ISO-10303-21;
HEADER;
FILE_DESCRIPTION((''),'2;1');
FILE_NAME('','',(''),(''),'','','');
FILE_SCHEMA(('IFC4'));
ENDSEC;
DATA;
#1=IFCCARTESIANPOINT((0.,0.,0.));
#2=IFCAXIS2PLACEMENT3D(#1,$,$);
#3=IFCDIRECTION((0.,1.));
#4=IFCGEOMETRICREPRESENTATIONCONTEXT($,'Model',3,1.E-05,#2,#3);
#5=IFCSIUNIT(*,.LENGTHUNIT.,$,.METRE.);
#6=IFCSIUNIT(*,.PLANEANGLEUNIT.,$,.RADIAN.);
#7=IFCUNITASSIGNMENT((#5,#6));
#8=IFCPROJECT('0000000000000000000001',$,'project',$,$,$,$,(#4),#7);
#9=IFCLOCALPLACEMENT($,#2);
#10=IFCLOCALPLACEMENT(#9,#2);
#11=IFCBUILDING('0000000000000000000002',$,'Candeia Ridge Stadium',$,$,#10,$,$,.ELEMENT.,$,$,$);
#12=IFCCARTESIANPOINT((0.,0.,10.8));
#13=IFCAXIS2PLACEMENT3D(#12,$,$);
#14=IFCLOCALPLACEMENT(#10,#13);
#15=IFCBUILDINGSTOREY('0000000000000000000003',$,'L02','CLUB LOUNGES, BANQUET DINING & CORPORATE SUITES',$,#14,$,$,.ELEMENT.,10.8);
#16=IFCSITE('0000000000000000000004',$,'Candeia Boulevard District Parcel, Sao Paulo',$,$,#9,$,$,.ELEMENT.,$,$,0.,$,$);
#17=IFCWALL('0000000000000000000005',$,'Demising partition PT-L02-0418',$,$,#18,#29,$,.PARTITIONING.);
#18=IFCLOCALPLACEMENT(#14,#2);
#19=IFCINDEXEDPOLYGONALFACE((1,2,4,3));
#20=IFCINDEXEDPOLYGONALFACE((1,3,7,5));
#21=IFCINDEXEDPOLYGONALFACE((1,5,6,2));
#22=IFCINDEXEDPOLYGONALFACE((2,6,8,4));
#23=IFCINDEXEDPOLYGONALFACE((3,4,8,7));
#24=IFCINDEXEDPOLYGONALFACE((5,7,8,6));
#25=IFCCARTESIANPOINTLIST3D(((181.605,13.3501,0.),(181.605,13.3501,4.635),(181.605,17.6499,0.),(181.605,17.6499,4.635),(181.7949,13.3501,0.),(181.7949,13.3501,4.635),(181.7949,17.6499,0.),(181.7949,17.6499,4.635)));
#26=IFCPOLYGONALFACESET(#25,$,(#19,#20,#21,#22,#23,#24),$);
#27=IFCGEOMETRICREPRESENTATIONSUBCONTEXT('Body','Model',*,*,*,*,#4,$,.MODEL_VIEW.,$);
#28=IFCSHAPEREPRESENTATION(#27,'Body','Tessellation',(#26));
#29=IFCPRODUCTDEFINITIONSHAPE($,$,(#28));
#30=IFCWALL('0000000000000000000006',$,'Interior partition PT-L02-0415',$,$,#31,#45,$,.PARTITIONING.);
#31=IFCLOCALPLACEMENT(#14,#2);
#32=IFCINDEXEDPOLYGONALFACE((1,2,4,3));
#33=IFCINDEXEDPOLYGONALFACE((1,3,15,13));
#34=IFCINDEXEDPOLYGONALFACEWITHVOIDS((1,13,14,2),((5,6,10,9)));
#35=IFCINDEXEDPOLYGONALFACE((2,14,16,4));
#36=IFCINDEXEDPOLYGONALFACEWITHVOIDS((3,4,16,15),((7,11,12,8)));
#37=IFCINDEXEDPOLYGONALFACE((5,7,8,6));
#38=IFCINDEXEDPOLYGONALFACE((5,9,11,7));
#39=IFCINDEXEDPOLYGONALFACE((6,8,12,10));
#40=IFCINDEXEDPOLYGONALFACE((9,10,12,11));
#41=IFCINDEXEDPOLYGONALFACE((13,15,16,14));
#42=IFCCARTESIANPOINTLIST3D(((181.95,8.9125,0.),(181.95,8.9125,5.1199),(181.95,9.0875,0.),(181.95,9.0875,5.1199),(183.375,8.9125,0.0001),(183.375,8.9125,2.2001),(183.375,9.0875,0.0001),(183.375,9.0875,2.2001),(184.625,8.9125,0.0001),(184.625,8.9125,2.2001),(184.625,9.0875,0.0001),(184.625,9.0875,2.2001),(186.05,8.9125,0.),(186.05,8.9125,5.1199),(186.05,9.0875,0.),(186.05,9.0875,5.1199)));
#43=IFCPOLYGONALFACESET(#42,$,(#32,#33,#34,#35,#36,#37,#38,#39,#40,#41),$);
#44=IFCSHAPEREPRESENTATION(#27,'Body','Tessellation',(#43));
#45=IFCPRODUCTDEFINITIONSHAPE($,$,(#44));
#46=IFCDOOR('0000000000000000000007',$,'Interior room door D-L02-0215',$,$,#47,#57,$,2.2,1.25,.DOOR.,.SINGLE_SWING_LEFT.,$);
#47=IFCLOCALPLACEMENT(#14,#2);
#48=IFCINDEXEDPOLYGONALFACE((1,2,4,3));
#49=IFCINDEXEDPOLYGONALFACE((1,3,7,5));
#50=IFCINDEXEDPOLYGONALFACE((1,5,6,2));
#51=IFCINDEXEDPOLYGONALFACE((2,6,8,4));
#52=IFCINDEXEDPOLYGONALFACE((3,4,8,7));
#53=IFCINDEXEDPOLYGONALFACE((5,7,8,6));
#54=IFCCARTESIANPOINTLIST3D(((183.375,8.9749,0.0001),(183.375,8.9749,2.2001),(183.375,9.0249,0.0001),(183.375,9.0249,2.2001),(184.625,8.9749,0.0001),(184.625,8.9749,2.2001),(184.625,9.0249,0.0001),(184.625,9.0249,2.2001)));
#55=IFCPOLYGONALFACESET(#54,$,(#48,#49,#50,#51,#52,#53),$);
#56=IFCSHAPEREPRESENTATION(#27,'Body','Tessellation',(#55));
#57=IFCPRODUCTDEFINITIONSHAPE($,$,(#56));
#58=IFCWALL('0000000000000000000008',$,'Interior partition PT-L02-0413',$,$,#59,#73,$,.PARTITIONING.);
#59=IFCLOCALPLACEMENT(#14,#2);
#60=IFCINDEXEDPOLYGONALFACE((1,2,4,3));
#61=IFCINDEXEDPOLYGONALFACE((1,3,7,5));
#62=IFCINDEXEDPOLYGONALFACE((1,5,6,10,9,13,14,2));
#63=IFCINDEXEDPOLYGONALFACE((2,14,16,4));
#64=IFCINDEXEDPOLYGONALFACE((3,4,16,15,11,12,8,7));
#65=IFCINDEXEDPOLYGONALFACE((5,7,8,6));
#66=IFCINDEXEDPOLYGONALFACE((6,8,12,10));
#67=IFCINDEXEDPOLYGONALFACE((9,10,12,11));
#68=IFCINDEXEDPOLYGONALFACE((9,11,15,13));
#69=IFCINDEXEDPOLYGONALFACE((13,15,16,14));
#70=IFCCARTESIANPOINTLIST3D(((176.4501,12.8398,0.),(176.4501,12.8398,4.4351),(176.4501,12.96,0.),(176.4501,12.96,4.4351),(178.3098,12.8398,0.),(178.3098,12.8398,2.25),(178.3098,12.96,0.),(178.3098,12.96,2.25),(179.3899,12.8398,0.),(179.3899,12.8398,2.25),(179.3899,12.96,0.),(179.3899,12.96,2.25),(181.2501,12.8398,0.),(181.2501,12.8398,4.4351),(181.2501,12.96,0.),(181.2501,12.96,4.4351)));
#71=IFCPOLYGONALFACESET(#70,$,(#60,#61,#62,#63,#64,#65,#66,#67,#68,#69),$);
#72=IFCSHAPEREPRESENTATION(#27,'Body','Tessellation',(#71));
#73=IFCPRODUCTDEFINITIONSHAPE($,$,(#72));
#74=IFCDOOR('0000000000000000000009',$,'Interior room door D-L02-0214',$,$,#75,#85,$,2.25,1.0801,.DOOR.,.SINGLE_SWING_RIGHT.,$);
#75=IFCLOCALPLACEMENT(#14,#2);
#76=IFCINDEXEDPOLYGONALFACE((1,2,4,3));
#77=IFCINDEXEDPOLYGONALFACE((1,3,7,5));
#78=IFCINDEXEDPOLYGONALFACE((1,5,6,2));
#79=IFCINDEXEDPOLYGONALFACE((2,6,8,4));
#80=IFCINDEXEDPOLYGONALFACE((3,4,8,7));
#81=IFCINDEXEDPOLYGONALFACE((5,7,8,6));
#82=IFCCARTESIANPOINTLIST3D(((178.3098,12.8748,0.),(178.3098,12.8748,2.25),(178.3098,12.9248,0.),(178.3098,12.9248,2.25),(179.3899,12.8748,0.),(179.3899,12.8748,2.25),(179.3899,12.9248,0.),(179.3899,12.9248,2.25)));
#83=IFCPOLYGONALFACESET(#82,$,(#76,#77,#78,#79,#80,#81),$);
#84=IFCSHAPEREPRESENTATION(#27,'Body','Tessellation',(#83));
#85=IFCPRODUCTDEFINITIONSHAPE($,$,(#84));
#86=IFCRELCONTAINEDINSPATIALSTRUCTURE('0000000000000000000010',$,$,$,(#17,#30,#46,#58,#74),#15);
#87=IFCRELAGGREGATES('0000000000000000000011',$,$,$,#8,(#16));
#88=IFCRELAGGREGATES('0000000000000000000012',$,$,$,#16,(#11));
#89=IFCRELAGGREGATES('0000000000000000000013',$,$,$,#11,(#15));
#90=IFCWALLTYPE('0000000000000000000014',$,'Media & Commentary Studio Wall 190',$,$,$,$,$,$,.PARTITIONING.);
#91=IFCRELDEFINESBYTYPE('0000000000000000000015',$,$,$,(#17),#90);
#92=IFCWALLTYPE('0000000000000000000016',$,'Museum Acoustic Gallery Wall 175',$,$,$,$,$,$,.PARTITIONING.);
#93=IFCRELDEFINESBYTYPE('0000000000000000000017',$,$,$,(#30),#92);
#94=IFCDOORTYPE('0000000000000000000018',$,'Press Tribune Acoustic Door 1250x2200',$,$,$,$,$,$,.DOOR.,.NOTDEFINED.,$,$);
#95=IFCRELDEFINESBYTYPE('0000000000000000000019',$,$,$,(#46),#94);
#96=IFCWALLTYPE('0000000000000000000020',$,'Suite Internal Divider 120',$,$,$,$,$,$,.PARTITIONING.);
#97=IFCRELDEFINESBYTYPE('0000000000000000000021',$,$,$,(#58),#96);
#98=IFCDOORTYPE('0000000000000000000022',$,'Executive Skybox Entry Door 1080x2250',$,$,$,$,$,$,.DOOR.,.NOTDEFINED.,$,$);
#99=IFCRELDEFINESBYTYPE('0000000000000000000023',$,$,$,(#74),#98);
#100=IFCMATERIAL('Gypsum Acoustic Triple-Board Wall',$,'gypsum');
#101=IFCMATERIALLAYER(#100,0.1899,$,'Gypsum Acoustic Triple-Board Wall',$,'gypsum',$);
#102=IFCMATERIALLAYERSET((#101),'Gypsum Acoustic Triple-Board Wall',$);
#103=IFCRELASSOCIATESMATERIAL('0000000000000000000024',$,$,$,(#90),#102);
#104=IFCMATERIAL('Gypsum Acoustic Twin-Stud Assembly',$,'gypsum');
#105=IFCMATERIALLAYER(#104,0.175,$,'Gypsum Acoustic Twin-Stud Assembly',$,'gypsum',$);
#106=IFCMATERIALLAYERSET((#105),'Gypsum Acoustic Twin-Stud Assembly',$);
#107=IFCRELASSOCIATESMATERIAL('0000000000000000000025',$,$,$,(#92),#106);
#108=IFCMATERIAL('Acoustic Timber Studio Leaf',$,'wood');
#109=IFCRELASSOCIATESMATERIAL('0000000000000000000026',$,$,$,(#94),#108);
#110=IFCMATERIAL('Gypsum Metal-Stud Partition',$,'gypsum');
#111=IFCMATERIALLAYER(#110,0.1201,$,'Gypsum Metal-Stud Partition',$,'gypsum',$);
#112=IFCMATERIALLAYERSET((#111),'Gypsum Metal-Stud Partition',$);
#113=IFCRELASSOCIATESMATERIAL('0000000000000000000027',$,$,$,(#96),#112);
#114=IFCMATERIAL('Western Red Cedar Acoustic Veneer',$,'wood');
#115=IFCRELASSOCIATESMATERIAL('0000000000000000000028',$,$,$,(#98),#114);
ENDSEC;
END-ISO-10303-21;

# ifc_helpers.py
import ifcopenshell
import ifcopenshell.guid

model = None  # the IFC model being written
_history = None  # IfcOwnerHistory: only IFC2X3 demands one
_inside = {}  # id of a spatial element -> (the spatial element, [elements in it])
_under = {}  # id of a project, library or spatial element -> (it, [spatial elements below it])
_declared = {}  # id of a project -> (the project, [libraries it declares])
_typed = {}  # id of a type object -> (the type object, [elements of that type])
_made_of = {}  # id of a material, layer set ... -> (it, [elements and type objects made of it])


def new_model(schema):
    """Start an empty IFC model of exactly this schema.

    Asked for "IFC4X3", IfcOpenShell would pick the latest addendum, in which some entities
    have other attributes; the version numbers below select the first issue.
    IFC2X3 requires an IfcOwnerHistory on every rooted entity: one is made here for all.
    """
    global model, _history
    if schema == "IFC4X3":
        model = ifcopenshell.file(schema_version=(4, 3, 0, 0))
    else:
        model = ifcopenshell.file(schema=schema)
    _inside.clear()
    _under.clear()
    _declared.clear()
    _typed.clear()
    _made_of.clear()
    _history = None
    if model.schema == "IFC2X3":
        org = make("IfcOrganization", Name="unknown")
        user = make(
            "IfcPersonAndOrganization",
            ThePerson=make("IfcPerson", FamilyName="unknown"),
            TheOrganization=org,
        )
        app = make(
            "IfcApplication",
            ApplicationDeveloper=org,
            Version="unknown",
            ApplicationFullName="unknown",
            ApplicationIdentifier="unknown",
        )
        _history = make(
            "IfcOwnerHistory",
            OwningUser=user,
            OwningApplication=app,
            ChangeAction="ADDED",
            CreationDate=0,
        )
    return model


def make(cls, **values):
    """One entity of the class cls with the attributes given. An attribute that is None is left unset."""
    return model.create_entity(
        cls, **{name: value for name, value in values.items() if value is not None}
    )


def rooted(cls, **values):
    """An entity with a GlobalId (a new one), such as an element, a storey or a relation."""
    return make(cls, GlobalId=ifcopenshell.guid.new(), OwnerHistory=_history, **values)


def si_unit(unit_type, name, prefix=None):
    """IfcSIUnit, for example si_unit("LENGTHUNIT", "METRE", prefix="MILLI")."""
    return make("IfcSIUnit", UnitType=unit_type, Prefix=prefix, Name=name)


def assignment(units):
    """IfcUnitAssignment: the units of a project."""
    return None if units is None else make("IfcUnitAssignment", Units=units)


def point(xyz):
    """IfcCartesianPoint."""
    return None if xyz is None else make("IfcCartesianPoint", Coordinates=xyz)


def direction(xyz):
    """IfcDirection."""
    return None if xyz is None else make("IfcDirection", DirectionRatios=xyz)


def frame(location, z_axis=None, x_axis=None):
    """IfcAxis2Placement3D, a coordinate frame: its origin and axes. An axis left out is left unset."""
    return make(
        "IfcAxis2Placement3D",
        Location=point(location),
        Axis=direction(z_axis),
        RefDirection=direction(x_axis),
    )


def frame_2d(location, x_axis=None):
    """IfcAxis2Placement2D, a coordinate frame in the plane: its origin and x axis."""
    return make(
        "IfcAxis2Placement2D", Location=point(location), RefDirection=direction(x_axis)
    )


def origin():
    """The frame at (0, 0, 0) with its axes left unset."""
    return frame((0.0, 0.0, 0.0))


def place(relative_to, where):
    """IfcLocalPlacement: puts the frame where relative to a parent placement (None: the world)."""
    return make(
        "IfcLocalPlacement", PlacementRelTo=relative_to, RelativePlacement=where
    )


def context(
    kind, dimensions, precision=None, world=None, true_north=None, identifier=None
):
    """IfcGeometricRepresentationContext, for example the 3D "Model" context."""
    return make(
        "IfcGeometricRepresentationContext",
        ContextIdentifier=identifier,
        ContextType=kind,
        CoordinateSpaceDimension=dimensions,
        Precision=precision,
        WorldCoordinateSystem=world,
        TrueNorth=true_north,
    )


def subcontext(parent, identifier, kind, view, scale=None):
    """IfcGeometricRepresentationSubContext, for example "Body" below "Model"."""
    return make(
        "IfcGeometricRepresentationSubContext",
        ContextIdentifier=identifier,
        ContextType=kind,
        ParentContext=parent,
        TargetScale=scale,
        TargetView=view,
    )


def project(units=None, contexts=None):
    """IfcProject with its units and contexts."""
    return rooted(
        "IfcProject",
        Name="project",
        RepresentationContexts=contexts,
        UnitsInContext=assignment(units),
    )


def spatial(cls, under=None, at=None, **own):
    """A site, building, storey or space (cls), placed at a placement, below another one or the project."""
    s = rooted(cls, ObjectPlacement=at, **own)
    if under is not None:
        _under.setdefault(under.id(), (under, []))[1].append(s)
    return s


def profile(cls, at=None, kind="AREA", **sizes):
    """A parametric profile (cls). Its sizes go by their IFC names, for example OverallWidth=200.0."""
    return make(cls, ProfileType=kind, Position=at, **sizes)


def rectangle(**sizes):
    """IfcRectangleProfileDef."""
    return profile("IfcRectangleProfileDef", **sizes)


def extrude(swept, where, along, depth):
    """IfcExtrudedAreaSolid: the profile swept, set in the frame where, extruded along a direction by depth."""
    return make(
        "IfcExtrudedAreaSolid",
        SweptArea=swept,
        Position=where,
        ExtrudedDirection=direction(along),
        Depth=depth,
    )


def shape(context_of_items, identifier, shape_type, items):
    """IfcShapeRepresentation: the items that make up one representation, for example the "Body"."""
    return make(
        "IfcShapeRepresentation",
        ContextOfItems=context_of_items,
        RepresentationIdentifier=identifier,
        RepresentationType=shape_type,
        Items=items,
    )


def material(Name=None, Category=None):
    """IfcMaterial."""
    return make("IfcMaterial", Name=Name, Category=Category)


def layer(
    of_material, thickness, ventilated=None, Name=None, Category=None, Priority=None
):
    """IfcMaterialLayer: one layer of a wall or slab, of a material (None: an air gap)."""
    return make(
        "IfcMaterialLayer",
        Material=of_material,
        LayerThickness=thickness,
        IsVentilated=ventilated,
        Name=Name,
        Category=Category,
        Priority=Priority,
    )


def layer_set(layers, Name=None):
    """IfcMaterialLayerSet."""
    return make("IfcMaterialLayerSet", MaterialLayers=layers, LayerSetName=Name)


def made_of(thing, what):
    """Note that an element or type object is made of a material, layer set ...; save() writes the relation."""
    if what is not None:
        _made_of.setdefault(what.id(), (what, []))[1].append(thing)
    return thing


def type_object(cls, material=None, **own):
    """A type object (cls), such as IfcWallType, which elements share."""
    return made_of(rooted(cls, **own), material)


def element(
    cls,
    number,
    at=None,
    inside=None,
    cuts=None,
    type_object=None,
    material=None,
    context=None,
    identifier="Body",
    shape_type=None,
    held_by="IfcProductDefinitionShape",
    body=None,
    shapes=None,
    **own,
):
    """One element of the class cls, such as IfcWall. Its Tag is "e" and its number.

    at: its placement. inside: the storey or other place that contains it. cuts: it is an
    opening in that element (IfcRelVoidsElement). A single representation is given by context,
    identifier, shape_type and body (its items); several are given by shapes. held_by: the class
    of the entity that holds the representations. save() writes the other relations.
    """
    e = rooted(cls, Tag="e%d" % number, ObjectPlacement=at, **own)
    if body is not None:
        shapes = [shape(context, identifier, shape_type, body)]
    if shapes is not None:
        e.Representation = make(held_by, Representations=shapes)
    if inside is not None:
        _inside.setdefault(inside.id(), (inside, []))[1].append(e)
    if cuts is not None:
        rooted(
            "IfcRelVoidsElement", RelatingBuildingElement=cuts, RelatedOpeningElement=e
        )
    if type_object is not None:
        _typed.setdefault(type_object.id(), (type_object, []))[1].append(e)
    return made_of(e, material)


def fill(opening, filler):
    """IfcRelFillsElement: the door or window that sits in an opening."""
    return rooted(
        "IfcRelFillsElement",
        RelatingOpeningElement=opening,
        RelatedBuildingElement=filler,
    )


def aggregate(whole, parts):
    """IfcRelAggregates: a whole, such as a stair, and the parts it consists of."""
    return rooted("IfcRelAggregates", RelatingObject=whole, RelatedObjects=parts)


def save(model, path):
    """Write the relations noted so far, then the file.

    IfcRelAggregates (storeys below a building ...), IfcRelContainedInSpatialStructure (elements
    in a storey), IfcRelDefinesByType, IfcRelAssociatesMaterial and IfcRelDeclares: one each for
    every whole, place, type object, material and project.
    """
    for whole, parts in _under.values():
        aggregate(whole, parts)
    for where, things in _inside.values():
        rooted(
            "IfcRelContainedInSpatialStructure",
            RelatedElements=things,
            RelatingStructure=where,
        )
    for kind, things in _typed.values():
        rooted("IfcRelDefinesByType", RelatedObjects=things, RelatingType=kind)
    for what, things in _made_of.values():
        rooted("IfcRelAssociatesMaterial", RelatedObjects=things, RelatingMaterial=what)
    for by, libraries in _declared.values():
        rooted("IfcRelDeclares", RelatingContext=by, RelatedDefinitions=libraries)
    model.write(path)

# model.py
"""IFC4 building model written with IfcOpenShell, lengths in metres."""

from ifc_helpers import new_model, si_unit, direction, frame, frame_2d, origin, place, context, subcontext, project, spatial, rectangle, extrude, material, layer, layer_set, type_object, element, fill, save


model = new_model("IFC4")

# Units and contexts
model_context = context("Model", 3, precision=1e-05, world=origin(), true_north=direction((0.0, 1.0)))
body_context = subcontext(model_context, "Body", "Model", "MODEL_VIEW")
ifc_project = project(units=[si_unit("LENGTHUNIT", "METRE"), si_unit("PLANEANGLEUNIT", "RADIAN")], contexts=[model_context])

# Site, building, storey
site_placement = place(None, origin())
site = spatial("IfcSite", under=ifc_project, at=site_placement, Name="Candeia Boulevard District Parcel, Sao Paulo", CompositionType="ELEMENT", RefElevation=0.0)
building_placement = place(site_placement, origin())
building = spatial("IfcBuilding", under=site, at=building_placement, Name="Candeia Ridge Stadium", CompositionType="ELEMENT")
storey_placement = place(building_placement, frame((0.0, 0.0, 10.8)))
storey = spatial("IfcBuildingStorey", under=building, at=storey_placement, Name="L02", Description="CLUB LOUNGES, BANQUET DINING & CORPORATE SUITES", CompositionType="ELEMENT", Elevation=10.8)

# Shared definitions
ifc_material_1 = material(Name="Gypsum Metal-Stud Partition", Category="gypsum")

# Wall
ifc_material_2 = material(Name="Gypsum Acoustic Twin-Stud Assembly", Category="gypsum")
ifc_material_3 = material(Name="Gypsum Acoustic Triple-Board Wall", Category="gypsum")
ifc_layer_1 = layer(ifc_material_3, 0.1899, Name="Gypsum Acoustic Triple-Board Wall", Category="gypsum")
ifc_layer_set_1 = layer_set([ifc_layer_1], Name="Gypsum Acoustic Triple-Board Wall")
wall_type_1 = type_object("IfcWallType", Name="Media & Commentary Studio Wall 190", PredefinedType="PARTITIONING", material=ifc_layer_set_1)
wall_1_placement = place(storey_placement, frame((181.7, 13.3501, 0.0), z_axis=(0.0, 0.0, 1.0), x_axis=(0.0, 1.0, 0.0)))
element("IfcWall", 1, at=wall_1_placement, inside=storey, type_object=wall_type_1, Name="Demising partition PT-L02-0418", PredefinedType="PARTITIONING", context=body_context, shape_type="SweptSolid", body=[
    extrude(rectangle(XDim=4.2998, YDim=0.1899, at=frame_2d((2.1499, 0.0))), origin(), (0.0, 0.0, 1.0), 4.635),
])

# Walls, openings, doors
ifc_layer_2 = layer(ifc_material_2, 0.175, Name="Gypsum Acoustic Twin-Stud Assembly", Category="gypsum")
ifc_layer_set_2 = layer_set([ifc_layer_2], Name="Gypsum Acoustic Twin-Stud Assembly")
wall_type_2 = type_object("IfcWallType", Name="Museum Acoustic Gallery Wall 175", PredefinedType="PARTITIONING", material=ifc_layer_set_2)
wall_2_placement = place(storey_placement, frame((181.95, 9.0, 0.0), z_axis=(0.0, 0.0, 1.0), x_axis=(1.0, 0.0, 0.0)))
wall_2 = element("IfcWall", 2, at=wall_2_placement, inside=storey, type_object=wall_type_2, Name="Interior partition PT-L02-0415", PredefinedType="PARTITIONING", context=body_context, shape_type="SweptSolid", body=[
    extrude(rectangle(XDim=4.1001, YDim=0.175, at=frame_2d((2.05, 0.0))), origin(), (0.0, 0.0, 1.0), 5.1199),
])
opening_1_placement = place(wall_2_placement, frame((1.425, 0.0, 0.0)))
opening_1 = element("IfcOpeningElement", 3, at=opening_1_placement, cuts=wall_2, PredefinedType="OPENING", context=body_context, shape_type="SweptSolid", body=[
    extrude(rectangle(XDim=1.25, YDim=2.2, at=frame_2d((0.625, 1.1001))), frame((0.0, 0.0974, 0.0), z_axis=(0.0, -1.0, 0.0), x_axis=(1.0, 0.0, 0.0)), (0.0, 0.0, 1.0), 0.1951),
])
ifc_material_4 = material(Name="Acoustic Timber Studio Leaf", Category="wood")
door_type_1 = type_object("IfcDoorType", Name="Press Tribune Acoustic Door 1250x2200", OperationType="NOTDEFINED", PredefinedType="DOOR", material=ifc_material_4)
door_1_placement = place(opening_1_placement, origin())
door_1 = element("IfcDoor", 4, at=door_1_placement, inside=storey, type_object=door_type_1, Name="Interior room door D-L02-0215", OperationType="SINGLE_SWING_LEFT", OverallHeight=2.2, OverallWidth=1.25, PredefinedType="DOOR", context=body_context, shape_type="SweptSolid", body=[
    extrude(rectangle(XDim=1.25, YDim=2.2, at=frame_2d((0.625, 1.1001))), frame((0.0, 0.0249, 0.0), z_axis=(0.0, -1.0, 0.0), x_axis=(1.0, 0.0, 0.0)), (0.0, 0.0, 1.0), 0.05),
])
fill(opening_1, door_1)
ifc_layer_3 = layer(ifc_material_1, 0.1201, Name="Gypsum Metal-Stud Partition", Category="gypsum")
ifc_layer_set_3 = layer_set([ifc_layer_3], Name="Gypsum Metal-Stud Partition")
wall_type_3 = type_object("IfcWallType", Name="Suite Internal Divider 120", PredefinedType="PARTITIONING", material=ifc_layer_set_3)
wall_3_placement = place(storey_placement, frame((181.25, 12.8999, 0.0), z_axis=(0.0, 0.0, 1.0), x_axis=(-1.0, 0.0, 0.0)))
wall_3 = element("IfcWall", 5, at=wall_3_placement, inside=storey, type_object=wall_type_3, Name="Interior partition PT-L02-0413", PredefinedType="PARTITIONING", context=body_context, shape_type="SweptSolid", body=[
    extrude(rectangle(XDim=4.8, YDim=0.1201, at=frame_2d((2.3999, 0.0))), origin(), (0.0, 0.0, 1.0), 4.4351),
])
opening_2_placement = place(wall_3_placement, frame((1.8601, 0.0, 0.0)))
opening_2 = element("IfcOpeningElement", 6, at=opening_2_placement, cuts=wall_3, PredefinedType="OPENING", context=body_context, shape_type="SweptSolid", body=[
    extrude(rectangle(XDim=1.0801, YDim=2.25, at=frame_2d((0.54, 1.125))), frame((0.0, 0.0701, 0.0), z_axis=(0.0, -1.0, 0.0), x_axis=(1.0, 0.0, 0.0)), (0.0, 0.0, 1.0), 0.1401),
])
ifc_material_5 = material(Name="Western Red Cedar Acoustic Veneer", Category="wood")
door_type_2 = type_object("IfcDoorType", Name="Executive Skybox Entry Door 1080x2250", OperationType="NOTDEFINED", PredefinedType="DOOR", material=ifc_material_5)
door_2_placement = place(opening_2_placement, frame((1.0801, 0.0, 0.0), z_axis=(0.0, 0.0, 1.0), x_axis=(-1.0, 0.0, 0.0)))
door_2 = element("IfcDoor", 7, at=door_2_placement, inside=storey, type_object=door_type_2, Name="Interior room door D-L02-0214", OperationType="SINGLE_SWING_RIGHT", OverallHeight=2.25, OverallWidth=1.0801, PredefinedType="DOOR", context=body_context, shape_type="SweptSolid", body=[
    extrude(rectangle(XDim=1.0801, YDim=2.25, at=frame_2d((0.54, 1.125))), frame((0.0, 0.0249, 0.0), z_axis=(0.0, -1.0, 0.0), x_axis=(1.0, 0.0, 0.0)), (0.0, 0.0, 1.0), 0.05),
])
fill(opening_2, door_2)

save(model, "model.ifc")
